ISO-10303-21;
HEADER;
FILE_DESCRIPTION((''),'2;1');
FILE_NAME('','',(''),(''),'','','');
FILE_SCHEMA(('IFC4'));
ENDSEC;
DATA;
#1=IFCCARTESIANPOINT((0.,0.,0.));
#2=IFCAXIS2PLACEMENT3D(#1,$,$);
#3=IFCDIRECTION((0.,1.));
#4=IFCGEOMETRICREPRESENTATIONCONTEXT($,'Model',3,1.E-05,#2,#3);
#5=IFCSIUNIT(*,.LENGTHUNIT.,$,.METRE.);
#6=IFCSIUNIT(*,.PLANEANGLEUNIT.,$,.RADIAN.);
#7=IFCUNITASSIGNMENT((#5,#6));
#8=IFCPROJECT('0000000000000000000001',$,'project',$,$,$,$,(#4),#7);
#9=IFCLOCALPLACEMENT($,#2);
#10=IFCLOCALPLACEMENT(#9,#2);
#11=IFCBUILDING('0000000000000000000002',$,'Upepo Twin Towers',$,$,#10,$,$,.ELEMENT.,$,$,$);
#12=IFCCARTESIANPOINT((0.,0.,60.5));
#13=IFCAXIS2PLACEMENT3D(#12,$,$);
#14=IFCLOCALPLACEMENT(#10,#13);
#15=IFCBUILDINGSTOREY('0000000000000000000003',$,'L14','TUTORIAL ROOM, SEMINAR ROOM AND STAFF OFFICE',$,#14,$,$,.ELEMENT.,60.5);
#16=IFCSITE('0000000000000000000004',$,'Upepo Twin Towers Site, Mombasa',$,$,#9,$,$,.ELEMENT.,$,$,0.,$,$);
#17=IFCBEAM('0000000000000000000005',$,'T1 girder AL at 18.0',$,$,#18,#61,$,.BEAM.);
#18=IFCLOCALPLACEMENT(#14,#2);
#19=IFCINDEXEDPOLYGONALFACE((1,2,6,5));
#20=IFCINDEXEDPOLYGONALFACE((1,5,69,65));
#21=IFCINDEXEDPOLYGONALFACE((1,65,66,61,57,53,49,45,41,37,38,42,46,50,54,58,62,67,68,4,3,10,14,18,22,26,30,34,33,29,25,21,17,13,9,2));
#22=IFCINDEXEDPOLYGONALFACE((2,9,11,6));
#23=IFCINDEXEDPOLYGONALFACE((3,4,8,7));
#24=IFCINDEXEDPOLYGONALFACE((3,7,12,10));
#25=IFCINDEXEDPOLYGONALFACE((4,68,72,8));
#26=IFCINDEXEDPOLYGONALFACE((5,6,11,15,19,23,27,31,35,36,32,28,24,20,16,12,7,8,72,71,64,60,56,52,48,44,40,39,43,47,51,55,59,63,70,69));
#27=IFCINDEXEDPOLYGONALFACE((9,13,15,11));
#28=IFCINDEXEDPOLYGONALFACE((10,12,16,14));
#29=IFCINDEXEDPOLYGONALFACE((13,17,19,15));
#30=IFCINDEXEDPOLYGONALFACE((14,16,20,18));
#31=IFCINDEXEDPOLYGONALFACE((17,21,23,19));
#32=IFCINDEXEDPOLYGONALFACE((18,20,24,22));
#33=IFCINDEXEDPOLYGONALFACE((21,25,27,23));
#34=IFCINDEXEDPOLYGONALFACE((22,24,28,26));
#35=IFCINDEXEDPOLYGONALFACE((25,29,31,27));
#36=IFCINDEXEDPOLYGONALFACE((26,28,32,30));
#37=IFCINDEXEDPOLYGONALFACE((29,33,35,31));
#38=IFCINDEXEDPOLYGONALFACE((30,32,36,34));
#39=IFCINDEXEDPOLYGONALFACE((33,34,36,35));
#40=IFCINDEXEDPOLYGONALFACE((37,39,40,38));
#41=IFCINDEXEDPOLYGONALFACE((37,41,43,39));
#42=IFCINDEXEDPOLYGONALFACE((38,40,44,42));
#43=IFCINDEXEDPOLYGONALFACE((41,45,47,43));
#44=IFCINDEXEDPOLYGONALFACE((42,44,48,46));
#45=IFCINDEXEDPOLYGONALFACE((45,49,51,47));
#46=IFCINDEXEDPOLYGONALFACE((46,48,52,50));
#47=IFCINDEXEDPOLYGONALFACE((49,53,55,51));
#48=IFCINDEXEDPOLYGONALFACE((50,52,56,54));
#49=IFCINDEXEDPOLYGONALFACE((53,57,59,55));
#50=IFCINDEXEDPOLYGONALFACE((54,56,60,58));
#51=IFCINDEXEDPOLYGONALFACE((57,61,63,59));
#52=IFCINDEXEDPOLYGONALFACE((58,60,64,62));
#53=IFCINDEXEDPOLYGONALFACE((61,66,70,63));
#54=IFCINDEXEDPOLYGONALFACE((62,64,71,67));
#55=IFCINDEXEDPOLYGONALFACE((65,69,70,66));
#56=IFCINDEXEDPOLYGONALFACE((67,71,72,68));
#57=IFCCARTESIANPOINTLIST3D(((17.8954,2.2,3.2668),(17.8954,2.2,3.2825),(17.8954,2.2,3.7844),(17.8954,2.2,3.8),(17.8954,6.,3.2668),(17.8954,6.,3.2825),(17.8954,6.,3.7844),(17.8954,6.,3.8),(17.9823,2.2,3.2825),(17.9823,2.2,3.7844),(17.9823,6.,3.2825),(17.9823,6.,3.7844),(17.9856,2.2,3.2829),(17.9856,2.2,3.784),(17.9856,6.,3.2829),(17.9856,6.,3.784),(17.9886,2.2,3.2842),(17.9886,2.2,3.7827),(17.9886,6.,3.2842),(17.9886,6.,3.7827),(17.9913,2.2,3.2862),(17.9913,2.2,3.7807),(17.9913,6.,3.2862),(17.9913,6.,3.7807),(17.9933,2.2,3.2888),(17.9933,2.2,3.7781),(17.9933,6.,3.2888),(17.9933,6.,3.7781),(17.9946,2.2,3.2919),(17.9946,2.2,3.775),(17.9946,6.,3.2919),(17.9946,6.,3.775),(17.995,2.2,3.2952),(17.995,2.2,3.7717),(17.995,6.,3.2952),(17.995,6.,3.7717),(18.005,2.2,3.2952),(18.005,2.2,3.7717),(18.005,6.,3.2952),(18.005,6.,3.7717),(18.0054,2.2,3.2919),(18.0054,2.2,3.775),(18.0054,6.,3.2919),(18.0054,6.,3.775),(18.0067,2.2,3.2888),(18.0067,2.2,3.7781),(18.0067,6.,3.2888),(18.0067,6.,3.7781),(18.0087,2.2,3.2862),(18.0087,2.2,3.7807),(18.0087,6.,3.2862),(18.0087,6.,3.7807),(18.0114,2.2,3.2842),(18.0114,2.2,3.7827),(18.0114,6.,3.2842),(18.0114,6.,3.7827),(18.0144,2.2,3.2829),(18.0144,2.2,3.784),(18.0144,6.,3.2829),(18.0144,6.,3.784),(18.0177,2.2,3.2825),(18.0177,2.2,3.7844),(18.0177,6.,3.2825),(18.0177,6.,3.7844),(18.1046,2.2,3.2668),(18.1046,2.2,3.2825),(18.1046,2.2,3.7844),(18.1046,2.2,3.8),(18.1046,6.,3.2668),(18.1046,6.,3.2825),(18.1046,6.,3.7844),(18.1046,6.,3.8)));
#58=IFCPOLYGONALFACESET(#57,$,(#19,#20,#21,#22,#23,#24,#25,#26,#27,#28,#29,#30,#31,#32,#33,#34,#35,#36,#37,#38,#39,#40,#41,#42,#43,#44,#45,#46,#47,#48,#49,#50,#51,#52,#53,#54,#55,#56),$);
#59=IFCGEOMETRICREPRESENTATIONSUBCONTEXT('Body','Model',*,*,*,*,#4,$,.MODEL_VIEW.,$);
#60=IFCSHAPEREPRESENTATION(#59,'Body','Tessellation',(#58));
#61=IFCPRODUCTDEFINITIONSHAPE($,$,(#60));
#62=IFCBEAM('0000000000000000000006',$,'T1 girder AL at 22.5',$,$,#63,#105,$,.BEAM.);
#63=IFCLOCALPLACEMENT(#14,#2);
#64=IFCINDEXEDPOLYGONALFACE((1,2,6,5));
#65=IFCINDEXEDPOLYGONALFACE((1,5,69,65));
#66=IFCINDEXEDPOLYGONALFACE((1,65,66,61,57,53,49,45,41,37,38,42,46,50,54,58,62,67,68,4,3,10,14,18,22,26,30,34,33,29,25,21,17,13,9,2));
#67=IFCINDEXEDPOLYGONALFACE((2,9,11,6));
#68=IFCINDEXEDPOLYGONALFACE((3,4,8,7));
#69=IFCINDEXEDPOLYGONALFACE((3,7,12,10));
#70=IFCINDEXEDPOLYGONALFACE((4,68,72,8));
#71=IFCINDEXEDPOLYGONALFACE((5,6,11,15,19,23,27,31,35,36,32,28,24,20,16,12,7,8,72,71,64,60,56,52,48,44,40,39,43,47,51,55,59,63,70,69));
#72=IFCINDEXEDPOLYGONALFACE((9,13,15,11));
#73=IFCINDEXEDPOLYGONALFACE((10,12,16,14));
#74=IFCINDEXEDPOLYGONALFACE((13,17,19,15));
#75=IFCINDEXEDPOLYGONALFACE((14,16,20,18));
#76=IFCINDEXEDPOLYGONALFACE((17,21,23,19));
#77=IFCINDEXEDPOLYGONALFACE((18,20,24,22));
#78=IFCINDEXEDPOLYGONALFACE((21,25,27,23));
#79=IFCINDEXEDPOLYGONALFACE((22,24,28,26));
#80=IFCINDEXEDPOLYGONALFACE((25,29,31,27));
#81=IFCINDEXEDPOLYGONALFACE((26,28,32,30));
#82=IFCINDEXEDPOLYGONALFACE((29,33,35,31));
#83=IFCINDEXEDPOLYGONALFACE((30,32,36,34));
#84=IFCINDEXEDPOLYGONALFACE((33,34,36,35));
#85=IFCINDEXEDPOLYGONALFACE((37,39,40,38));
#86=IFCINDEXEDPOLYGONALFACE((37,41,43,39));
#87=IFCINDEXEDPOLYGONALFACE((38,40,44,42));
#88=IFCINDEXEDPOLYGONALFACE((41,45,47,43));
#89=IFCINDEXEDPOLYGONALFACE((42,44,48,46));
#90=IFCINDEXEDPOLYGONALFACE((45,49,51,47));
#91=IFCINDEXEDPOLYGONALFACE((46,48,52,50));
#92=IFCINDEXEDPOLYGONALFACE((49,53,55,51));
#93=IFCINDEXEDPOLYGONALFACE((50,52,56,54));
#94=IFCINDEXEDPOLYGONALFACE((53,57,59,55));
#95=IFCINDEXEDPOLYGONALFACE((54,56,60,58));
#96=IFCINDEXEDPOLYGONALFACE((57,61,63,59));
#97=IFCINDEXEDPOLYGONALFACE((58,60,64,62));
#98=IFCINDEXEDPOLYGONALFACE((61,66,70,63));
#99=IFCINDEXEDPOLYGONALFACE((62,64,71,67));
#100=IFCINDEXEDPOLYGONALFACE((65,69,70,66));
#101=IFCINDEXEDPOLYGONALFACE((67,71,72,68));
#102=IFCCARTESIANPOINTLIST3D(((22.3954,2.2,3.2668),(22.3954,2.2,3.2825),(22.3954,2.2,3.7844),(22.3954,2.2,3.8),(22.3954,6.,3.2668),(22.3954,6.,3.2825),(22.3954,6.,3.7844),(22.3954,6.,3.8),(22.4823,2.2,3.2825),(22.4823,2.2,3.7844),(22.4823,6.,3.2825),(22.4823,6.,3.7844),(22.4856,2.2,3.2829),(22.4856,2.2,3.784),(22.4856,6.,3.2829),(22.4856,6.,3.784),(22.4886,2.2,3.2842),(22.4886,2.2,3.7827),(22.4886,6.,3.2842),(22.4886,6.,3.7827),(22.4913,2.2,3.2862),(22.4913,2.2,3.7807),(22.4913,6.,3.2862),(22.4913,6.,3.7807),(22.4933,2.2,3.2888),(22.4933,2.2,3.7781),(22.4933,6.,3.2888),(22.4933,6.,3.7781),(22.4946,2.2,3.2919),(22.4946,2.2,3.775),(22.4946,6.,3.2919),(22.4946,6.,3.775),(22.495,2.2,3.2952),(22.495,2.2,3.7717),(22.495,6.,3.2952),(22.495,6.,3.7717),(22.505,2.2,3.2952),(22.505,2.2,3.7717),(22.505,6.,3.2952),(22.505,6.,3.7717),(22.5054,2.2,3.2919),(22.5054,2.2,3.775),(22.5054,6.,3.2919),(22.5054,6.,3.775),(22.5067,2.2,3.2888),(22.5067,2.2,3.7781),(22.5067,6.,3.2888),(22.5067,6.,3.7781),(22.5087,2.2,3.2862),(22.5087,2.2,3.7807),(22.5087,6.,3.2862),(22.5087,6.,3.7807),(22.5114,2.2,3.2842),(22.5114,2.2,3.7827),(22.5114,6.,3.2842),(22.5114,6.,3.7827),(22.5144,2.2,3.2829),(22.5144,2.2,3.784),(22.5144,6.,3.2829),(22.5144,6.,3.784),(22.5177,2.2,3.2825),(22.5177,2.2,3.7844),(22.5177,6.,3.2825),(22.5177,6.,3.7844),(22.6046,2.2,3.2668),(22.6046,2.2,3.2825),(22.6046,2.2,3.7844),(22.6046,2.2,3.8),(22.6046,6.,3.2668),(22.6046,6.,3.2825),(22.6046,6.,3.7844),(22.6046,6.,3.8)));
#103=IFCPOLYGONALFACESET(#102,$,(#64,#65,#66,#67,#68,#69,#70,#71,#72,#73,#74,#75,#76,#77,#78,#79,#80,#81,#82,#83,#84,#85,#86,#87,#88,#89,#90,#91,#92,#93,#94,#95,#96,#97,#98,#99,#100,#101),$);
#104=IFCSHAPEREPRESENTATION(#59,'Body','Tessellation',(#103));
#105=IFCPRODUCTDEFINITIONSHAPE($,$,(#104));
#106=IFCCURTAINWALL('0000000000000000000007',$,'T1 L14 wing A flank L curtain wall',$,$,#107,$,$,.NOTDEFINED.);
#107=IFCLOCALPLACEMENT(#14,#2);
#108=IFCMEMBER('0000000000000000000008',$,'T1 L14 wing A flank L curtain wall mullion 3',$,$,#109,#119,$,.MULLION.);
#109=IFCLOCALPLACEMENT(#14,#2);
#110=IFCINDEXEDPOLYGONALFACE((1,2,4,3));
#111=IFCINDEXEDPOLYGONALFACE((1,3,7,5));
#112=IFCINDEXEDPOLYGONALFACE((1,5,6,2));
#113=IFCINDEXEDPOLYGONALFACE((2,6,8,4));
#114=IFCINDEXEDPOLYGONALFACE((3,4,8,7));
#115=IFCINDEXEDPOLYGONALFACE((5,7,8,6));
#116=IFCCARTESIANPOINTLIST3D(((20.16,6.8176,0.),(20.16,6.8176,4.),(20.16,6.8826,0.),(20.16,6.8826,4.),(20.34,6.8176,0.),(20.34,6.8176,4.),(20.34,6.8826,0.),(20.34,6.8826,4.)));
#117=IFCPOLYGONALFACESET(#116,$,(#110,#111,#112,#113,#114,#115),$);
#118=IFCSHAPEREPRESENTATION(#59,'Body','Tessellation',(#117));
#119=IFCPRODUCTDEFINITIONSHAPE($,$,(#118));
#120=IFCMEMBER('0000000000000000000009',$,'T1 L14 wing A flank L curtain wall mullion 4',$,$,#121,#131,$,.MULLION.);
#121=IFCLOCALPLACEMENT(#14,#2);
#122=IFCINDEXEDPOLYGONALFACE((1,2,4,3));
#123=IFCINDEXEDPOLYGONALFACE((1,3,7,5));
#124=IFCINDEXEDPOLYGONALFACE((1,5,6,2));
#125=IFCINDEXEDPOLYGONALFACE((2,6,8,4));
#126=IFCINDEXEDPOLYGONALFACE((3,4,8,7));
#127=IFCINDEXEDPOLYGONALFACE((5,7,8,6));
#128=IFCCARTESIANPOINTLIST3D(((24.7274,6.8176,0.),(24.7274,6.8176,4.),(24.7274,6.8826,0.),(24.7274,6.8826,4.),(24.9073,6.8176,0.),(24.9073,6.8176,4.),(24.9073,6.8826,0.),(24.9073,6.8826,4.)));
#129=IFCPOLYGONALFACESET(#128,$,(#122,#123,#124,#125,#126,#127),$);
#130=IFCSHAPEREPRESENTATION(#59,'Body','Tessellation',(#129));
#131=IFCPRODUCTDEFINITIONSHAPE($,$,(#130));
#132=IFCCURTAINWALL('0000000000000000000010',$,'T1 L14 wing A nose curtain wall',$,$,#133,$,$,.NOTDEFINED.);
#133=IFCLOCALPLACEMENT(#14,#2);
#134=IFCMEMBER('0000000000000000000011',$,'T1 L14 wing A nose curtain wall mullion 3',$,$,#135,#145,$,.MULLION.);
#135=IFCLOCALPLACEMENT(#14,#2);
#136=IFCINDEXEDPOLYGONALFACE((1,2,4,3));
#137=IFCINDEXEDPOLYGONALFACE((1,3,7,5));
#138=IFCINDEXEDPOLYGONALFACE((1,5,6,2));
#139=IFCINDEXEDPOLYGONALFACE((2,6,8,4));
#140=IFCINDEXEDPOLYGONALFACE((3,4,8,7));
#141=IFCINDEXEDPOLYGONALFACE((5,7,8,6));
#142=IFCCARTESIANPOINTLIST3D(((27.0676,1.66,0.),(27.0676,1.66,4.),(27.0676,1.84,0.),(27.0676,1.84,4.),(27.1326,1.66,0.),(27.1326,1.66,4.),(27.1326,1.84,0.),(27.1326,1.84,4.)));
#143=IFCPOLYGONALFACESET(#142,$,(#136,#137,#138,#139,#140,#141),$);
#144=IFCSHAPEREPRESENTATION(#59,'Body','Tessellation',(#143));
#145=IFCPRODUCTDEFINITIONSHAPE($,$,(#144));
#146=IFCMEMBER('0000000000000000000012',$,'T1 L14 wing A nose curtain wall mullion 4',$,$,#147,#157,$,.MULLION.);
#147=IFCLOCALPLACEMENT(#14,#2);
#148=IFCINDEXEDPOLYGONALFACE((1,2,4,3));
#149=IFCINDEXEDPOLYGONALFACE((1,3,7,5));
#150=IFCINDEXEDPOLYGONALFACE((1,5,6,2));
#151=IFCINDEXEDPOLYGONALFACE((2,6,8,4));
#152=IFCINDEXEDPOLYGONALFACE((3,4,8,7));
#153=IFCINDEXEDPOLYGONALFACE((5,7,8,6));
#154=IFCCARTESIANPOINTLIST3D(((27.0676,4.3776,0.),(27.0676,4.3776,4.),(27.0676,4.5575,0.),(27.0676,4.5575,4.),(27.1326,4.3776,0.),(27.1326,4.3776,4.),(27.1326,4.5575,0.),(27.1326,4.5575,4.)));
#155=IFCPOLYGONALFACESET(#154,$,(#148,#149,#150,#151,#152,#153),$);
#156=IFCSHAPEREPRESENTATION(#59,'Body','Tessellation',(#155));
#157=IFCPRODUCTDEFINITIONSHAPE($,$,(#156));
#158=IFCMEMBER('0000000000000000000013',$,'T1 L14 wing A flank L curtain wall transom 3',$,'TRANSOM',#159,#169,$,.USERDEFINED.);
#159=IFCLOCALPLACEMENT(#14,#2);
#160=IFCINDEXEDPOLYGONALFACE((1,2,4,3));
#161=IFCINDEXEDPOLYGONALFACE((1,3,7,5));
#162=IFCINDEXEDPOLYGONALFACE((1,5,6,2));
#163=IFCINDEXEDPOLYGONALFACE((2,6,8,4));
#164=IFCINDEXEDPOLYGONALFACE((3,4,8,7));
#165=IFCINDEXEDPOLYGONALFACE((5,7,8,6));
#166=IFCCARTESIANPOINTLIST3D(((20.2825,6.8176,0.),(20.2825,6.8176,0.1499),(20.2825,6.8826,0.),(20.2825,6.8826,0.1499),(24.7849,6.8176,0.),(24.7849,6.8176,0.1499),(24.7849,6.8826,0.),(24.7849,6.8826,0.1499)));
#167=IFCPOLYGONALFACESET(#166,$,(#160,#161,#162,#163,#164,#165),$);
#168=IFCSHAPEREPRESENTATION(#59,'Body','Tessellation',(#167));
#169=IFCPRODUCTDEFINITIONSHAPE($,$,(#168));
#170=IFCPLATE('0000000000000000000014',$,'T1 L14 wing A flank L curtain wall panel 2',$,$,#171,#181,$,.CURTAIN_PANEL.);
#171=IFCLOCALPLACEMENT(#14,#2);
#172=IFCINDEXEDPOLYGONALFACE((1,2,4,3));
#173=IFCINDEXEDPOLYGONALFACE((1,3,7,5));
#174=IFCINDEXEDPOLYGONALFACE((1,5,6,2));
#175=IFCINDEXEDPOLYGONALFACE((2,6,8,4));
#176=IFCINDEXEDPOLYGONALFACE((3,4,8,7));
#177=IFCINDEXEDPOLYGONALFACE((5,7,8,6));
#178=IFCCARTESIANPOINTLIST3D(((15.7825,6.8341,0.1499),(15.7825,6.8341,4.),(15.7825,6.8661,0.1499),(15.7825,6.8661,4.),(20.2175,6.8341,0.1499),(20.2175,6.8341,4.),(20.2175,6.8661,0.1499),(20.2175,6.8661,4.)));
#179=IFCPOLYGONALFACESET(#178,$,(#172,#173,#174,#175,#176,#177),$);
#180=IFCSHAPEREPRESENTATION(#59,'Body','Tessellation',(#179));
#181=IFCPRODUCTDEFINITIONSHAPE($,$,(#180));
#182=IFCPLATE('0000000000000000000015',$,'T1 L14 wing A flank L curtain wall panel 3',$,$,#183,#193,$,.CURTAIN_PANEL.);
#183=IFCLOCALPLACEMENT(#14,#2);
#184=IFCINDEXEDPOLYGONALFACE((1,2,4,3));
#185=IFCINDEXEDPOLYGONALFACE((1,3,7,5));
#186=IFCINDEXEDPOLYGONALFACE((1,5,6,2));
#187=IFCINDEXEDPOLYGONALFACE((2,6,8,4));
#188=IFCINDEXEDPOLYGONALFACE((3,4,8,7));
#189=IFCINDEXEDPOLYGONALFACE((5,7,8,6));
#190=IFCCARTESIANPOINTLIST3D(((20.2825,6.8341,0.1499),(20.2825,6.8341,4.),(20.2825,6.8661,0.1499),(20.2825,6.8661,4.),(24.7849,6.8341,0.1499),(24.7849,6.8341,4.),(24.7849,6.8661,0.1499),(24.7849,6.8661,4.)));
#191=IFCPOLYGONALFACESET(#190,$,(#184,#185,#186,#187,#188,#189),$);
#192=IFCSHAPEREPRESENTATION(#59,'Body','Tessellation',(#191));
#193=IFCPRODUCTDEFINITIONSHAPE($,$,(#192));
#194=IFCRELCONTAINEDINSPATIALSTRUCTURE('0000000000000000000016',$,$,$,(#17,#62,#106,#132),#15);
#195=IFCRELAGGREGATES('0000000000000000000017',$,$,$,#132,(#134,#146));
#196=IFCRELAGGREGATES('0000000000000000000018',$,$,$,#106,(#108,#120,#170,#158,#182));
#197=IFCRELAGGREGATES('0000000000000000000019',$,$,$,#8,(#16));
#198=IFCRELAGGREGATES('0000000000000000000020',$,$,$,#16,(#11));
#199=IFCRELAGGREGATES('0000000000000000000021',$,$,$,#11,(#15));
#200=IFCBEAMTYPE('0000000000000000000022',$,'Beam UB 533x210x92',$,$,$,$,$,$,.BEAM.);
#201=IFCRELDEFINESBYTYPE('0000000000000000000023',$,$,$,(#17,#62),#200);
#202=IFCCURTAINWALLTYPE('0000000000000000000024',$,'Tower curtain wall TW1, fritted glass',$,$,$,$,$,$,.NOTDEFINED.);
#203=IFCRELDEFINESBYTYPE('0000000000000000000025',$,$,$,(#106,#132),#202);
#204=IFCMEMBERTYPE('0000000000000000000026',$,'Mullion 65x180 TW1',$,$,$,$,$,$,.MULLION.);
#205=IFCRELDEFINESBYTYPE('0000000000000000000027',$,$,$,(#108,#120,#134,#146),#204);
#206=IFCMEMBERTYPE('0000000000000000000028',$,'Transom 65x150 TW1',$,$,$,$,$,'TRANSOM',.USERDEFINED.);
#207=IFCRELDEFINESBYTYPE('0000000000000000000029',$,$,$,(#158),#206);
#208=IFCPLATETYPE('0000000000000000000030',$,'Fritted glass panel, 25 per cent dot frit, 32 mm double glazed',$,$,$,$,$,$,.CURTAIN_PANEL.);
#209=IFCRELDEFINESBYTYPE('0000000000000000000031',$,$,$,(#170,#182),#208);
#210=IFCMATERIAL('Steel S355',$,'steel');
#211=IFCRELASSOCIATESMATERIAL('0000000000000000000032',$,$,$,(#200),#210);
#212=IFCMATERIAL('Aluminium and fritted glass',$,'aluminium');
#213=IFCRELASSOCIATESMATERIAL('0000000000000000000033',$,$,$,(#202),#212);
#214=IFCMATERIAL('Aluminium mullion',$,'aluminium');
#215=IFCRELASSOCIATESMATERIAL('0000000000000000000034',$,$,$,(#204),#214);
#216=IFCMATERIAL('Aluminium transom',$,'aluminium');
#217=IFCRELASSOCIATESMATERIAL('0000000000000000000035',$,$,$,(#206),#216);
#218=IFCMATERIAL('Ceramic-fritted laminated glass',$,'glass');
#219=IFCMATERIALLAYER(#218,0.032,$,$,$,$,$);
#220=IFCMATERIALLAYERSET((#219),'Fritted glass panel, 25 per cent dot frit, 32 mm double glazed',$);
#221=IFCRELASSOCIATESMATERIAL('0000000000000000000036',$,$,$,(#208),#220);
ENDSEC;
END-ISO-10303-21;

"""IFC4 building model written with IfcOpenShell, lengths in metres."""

from ifc_helpers import new_model, si_unit, direction, frame, origin, origin_2d, place, context, subcontext, project, spatial, rectangle, i_section, extrude, material, layer, layer_set, material_profile, profile_set, type_object, element, aggregate, save


model = new_model("IFC4")

# Units and contexts
model_context = context("Model", 3, precision=1e-05, world=origin(), true_north=direction((0.0, 1.0)))
body_context = subcontext(model_context, "Body", "Model", "MODEL_VIEW")
ifc_project = project(units=[si_unit("LENGTHUNIT", "METRE"), si_unit("PLANEANGLEUNIT", "RADIAN")], contexts=[model_context])

# Site, building, storey
site_placement = place(None, origin())
site = spatial("IfcSite", under=ifc_project, at=site_placement, Name="Upepo Twin Towers Site, Mombasa", CompositionType="ELEMENT", RefElevation=0.0)
building_placement = place(site_placement, origin())
building = spatial("IfcBuilding", under=site, at=building_placement, Name="Upepo Twin Towers", CompositionType="ELEMENT")
storey_placement = place(building_placement, frame((0.0, 0.0, 60.5)))
storey = spatial("IfcBuildingStorey", under=building, at=storey_placement, Name="L14", Description="TUTORIAL ROOM, SEMINAR ROOM AND STAFF OFFICE", CompositionType="ELEMENT", Elevation=60.5)

# Beams
ifc_material_1 = material(Name="Steel S355", Category="steel")
ifc_material_profile_1 = material_profile(ifc_material_1, i_section(OverallWidth=0.2092, OverallDepth=0.5332, WebThickness=0.01, FlangeThickness=0.0156, FilletRadius=0.0127, at=origin_2d()), Name="UB 533x210x92")
ifc_profile_set_1 = profile_set([ifc_material_profile_1], Name="Steel S355")
beam_type_1 = type_object("IfcBeamType", Name="Beam UB 533x210x92", PredefinedType="BEAM", material=ifc_profile_set_1)
for number, where, z_axis, x_axis, name in (
    (1, (18.0, 6.0, 3.5334), (0.0, -1.0, 0.0), (1.0, 0.0, 0.0), "T1 girder AL at 18.0"),
    (2, (22.5, 6.0, 3.5334), (0.0, -1.0, 0.0), (1.0, 0.0, 0.0), "T1 girder AL at 22.5"),
):
    element("IfcBeam", number, at=place(storey_placement, frame(where, z_axis=z_axis, x_axis=x_axis)), inside=storey, type_object=beam_type_1, Name=name, PredefinedType="BEAM", context=body_context, shape_type="SweptSolid", body=[
        extrude(i_section(OverallWidth=0.2092, OverallDepth=0.5332, WebThickness=0.01, FlangeThickness=0.0156, FilletRadius=0.0127, at=origin_2d()), origin(), (0.0, 0.0, 1.0), 3.8),
    ])

# Curtain walls, members
ifc_material_2 = material(Name="Aluminium and fritted glass", Category="aluminium")
curtain_wall_type = type_object("IfcCurtainWallType", Name="Tower curtain wall TW1, fritted glass", PredefinedType="NOTDEFINED", material=ifc_material_2)
curtain_wall_1_placement = place(storey_placement, origin())
curtain_wall_1 = element("IfcCurtainWall", 3, at=curtain_wall_1_placement, inside=storey, type_object=curtain_wall_type, Name="T1 L14 wing A flank L curtain wall", PredefinedType="NOTDEFINED")
ifc_material_3 = material(Name="Aluminium mullion", Category="aluminium")
ifc_material_profile_2 = material_profile(ifc_material_3, rectangle(XDim=0.0649, YDim=0.1799, at=origin_2d()), Name="MULLION 65x180")
ifc_profile_set_2 = profile_set([ifc_material_profile_2], Name="Aluminium mullion")
member_type_1 = type_object("IfcMemberType", Name="Mullion 65x180 TW1", PredefinedType="MULLION", material=ifc_profile_set_2)
member_1_placement = place(storey_placement, frame((20.25, 6.8501, 0.0), z_axis=(0.0, 0.0, 1.0), x_axis=(0.0, 1.0, 0.0)))
member_1 = element("IfcMember", 4, at=member_1_placement, type_object=member_type_1, Name="T1 L14 wing A flank L curtain wall mullion 3", PredefinedType="MULLION", context=body_context, shape_type="SweptSolid", body=[
    extrude(rectangle(XDim=0.0649, YDim=0.1799, at=origin_2d()), origin(), (0.0, 0.0, 1.0), 4.0),
])
member_2_placement = place(storey_placement, frame((24.8174, 6.8501, 0.0), z_axis=(0.0, 0.0, 1.0), x_axis=(0.0, 1.0, 0.0)))
member_2 = element("IfcMember", 5, at=member_2_placement, type_object=member_type_1, Name="T1 L14 wing A flank L curtain wall mullion 4", PredefinedType="MULLION", context=body_context, shape_type="SweptSolid", body=[
    extrude(rectangle(XDim=0.0649, YDim=0.1799, at=origin_2d()), origin(), (0.0, 0.0, 1.0), 4.0),
])
curtain_wall_2_placement = place(storey_placement, origin())
curtain_wall_2 = element("IfcCurtainWall", 6, at=curtain_wall_2_placement, inside=storey, type_object=curtain_wall_type, Name="T1 L14 wing A nose curtain wall", PredefinedType="NOTDEFINED")
member_3_placement = place(storey_placement, frame((27.1001, 1.75, 0.0), z_axis=(0.0, 0.0, 1.0), x_axis=(-1.0, 0.0, 0.0)))
member_3 = element("IfcMember", 7, at=member_3_placement, type_object=member_type_1, Name="T1 L14 wing A nose curtain wall mullion 3", PredefinedType="MULLION", context=body_context, shape_type="SweptSolid", body=[
    extrude(rectangle(XDim=0.0649, YDim=0.1799, at=origin_2d()), origin(), (0.0, 0.0, 1.0), 4.0),
])
member_4_placement = place(storey_placement, frame((27.1001, 4.4675, 0.0), z_axis=(0.0, 0.0, 1.0), x_axis=(-1.0, 0.0, 0.0)))
member_4 = element("IfcMember", 8, at=member_4_placement, type_object=member_type_1, Name="T1 L14 wing A nose curtain wall mullion 4", PredefinedType="MULLION", context=body_context, shape_type="SweptSolid", body=[
    extrude(rectangle(XDim=0.0649, YDim=0.1799, at=origin_2d()), origin(), (0.0, 0.0, 1.0), 4.0),
])
aggregate(curtain_wall_2, [member_3, member_4])

# Member
ifc_material_4 = material(Name="Aluminium transom", Category="aluminium")
ifc_material_profile_3 = material_profile(ifc_material_4, rectangle(XDim=0.0649, YDim=0.1499, at=origin_2d()), Name="TRANSOM 65x150")
ifc_profile_set_3 = profile_set([ifc_material_profile_3], Name="Aluminium transom")
member_type_2 = type_object("IfcMemberType", Name="Transom 65x150 TW1", ElementType="TRANSOM", PredefinedType="USERDEFINED", material=ifc_profile_set_3)
member_5_placement = place(storey_placement, frame((20.2825, 6.8501, 0.075), z_axis=(1.0, 0.0, 0.0), x_axis=(0.0, 1.0, 0.0)))
member_5 = element("IfcMember", 9, at=member_5_placement, type_object=member_type_2, Name="T1 L14 wing A flank L curtain wall transom 3", ObjectType="TRANSOM", PredefinedType="USERDEFINED", context=body_context, shape_type="SweptSolid", body=[
    extrude(rectangle(XDim=0.0649, YDim=0.1499, at=origin_2d()), origin(), (0.0, 0.0, 1.0), 4.5024),
])

# Plates
ifc_material_5 = material(Name="Ceramic-fritted laminated glass", Category="glass")
ifc_layer_1 = layer(ifc_material_5, 0.032)
ifc_layer_set_1 = layer_set([ifc_layer_1], Name="Fritted glass panel, 25 per cent dot frit, 32 mm double glazed")
plate_type = type_object("IfcPlateType", Name="Fritted glass panel, 25 per cent dot frit, 32 mm double glazed", PredefinedType="CURTAIN_PANEL", material=ifc_layer_set_1)
plate_1_placement = place(storey_placement, frame((18.0, 6.8501, 0.1499), z_axis=(0.0, 0.0, 1.0), x_axis=(1.0, 0.0, 0.0)))
plate_1 = element("IfcPlate", 10, at=plate_1_placement, type_object=plate_type, Name="T1 L14 wing A flank L curtain wall panel 2", PredefinedType="CURTAIN_PANEL", context=body_context, shape_type="SweptSolid", body=[
    extrude(rectangle(XDim=4.4351, YDim=0.032, at=origin_2d()), origin(), (0.0, 0.0, 1.0), 3.8501),
])
plate_2_placement = place(storey_placement, frame((22.5337, 6.8501, 0.1499), z_axis=(0.0, 0.0, 1.0), x_axis=(1.0, 0.0, 0.0)))
plate_2 = element("IfcPlate", 11, at=plate_2_placement, type_object=plate_type, Name="T1 L14 wing A flank L curtain wall panel 3", PredefinedType="CURTAIN_PANEL", context=body_context, shape_type="SweptSolid", body=[
    extrude(rectangle(XDim=4.5024, YDim=0.032, at=origin_2d()), origin(), (0.0, 0.0, 1.0), 3.8501),
])
aggregate(curtain_wall_1, [member_1, member_2, plate_1, member_5, plate_2])

save(model, "model.ifc")
